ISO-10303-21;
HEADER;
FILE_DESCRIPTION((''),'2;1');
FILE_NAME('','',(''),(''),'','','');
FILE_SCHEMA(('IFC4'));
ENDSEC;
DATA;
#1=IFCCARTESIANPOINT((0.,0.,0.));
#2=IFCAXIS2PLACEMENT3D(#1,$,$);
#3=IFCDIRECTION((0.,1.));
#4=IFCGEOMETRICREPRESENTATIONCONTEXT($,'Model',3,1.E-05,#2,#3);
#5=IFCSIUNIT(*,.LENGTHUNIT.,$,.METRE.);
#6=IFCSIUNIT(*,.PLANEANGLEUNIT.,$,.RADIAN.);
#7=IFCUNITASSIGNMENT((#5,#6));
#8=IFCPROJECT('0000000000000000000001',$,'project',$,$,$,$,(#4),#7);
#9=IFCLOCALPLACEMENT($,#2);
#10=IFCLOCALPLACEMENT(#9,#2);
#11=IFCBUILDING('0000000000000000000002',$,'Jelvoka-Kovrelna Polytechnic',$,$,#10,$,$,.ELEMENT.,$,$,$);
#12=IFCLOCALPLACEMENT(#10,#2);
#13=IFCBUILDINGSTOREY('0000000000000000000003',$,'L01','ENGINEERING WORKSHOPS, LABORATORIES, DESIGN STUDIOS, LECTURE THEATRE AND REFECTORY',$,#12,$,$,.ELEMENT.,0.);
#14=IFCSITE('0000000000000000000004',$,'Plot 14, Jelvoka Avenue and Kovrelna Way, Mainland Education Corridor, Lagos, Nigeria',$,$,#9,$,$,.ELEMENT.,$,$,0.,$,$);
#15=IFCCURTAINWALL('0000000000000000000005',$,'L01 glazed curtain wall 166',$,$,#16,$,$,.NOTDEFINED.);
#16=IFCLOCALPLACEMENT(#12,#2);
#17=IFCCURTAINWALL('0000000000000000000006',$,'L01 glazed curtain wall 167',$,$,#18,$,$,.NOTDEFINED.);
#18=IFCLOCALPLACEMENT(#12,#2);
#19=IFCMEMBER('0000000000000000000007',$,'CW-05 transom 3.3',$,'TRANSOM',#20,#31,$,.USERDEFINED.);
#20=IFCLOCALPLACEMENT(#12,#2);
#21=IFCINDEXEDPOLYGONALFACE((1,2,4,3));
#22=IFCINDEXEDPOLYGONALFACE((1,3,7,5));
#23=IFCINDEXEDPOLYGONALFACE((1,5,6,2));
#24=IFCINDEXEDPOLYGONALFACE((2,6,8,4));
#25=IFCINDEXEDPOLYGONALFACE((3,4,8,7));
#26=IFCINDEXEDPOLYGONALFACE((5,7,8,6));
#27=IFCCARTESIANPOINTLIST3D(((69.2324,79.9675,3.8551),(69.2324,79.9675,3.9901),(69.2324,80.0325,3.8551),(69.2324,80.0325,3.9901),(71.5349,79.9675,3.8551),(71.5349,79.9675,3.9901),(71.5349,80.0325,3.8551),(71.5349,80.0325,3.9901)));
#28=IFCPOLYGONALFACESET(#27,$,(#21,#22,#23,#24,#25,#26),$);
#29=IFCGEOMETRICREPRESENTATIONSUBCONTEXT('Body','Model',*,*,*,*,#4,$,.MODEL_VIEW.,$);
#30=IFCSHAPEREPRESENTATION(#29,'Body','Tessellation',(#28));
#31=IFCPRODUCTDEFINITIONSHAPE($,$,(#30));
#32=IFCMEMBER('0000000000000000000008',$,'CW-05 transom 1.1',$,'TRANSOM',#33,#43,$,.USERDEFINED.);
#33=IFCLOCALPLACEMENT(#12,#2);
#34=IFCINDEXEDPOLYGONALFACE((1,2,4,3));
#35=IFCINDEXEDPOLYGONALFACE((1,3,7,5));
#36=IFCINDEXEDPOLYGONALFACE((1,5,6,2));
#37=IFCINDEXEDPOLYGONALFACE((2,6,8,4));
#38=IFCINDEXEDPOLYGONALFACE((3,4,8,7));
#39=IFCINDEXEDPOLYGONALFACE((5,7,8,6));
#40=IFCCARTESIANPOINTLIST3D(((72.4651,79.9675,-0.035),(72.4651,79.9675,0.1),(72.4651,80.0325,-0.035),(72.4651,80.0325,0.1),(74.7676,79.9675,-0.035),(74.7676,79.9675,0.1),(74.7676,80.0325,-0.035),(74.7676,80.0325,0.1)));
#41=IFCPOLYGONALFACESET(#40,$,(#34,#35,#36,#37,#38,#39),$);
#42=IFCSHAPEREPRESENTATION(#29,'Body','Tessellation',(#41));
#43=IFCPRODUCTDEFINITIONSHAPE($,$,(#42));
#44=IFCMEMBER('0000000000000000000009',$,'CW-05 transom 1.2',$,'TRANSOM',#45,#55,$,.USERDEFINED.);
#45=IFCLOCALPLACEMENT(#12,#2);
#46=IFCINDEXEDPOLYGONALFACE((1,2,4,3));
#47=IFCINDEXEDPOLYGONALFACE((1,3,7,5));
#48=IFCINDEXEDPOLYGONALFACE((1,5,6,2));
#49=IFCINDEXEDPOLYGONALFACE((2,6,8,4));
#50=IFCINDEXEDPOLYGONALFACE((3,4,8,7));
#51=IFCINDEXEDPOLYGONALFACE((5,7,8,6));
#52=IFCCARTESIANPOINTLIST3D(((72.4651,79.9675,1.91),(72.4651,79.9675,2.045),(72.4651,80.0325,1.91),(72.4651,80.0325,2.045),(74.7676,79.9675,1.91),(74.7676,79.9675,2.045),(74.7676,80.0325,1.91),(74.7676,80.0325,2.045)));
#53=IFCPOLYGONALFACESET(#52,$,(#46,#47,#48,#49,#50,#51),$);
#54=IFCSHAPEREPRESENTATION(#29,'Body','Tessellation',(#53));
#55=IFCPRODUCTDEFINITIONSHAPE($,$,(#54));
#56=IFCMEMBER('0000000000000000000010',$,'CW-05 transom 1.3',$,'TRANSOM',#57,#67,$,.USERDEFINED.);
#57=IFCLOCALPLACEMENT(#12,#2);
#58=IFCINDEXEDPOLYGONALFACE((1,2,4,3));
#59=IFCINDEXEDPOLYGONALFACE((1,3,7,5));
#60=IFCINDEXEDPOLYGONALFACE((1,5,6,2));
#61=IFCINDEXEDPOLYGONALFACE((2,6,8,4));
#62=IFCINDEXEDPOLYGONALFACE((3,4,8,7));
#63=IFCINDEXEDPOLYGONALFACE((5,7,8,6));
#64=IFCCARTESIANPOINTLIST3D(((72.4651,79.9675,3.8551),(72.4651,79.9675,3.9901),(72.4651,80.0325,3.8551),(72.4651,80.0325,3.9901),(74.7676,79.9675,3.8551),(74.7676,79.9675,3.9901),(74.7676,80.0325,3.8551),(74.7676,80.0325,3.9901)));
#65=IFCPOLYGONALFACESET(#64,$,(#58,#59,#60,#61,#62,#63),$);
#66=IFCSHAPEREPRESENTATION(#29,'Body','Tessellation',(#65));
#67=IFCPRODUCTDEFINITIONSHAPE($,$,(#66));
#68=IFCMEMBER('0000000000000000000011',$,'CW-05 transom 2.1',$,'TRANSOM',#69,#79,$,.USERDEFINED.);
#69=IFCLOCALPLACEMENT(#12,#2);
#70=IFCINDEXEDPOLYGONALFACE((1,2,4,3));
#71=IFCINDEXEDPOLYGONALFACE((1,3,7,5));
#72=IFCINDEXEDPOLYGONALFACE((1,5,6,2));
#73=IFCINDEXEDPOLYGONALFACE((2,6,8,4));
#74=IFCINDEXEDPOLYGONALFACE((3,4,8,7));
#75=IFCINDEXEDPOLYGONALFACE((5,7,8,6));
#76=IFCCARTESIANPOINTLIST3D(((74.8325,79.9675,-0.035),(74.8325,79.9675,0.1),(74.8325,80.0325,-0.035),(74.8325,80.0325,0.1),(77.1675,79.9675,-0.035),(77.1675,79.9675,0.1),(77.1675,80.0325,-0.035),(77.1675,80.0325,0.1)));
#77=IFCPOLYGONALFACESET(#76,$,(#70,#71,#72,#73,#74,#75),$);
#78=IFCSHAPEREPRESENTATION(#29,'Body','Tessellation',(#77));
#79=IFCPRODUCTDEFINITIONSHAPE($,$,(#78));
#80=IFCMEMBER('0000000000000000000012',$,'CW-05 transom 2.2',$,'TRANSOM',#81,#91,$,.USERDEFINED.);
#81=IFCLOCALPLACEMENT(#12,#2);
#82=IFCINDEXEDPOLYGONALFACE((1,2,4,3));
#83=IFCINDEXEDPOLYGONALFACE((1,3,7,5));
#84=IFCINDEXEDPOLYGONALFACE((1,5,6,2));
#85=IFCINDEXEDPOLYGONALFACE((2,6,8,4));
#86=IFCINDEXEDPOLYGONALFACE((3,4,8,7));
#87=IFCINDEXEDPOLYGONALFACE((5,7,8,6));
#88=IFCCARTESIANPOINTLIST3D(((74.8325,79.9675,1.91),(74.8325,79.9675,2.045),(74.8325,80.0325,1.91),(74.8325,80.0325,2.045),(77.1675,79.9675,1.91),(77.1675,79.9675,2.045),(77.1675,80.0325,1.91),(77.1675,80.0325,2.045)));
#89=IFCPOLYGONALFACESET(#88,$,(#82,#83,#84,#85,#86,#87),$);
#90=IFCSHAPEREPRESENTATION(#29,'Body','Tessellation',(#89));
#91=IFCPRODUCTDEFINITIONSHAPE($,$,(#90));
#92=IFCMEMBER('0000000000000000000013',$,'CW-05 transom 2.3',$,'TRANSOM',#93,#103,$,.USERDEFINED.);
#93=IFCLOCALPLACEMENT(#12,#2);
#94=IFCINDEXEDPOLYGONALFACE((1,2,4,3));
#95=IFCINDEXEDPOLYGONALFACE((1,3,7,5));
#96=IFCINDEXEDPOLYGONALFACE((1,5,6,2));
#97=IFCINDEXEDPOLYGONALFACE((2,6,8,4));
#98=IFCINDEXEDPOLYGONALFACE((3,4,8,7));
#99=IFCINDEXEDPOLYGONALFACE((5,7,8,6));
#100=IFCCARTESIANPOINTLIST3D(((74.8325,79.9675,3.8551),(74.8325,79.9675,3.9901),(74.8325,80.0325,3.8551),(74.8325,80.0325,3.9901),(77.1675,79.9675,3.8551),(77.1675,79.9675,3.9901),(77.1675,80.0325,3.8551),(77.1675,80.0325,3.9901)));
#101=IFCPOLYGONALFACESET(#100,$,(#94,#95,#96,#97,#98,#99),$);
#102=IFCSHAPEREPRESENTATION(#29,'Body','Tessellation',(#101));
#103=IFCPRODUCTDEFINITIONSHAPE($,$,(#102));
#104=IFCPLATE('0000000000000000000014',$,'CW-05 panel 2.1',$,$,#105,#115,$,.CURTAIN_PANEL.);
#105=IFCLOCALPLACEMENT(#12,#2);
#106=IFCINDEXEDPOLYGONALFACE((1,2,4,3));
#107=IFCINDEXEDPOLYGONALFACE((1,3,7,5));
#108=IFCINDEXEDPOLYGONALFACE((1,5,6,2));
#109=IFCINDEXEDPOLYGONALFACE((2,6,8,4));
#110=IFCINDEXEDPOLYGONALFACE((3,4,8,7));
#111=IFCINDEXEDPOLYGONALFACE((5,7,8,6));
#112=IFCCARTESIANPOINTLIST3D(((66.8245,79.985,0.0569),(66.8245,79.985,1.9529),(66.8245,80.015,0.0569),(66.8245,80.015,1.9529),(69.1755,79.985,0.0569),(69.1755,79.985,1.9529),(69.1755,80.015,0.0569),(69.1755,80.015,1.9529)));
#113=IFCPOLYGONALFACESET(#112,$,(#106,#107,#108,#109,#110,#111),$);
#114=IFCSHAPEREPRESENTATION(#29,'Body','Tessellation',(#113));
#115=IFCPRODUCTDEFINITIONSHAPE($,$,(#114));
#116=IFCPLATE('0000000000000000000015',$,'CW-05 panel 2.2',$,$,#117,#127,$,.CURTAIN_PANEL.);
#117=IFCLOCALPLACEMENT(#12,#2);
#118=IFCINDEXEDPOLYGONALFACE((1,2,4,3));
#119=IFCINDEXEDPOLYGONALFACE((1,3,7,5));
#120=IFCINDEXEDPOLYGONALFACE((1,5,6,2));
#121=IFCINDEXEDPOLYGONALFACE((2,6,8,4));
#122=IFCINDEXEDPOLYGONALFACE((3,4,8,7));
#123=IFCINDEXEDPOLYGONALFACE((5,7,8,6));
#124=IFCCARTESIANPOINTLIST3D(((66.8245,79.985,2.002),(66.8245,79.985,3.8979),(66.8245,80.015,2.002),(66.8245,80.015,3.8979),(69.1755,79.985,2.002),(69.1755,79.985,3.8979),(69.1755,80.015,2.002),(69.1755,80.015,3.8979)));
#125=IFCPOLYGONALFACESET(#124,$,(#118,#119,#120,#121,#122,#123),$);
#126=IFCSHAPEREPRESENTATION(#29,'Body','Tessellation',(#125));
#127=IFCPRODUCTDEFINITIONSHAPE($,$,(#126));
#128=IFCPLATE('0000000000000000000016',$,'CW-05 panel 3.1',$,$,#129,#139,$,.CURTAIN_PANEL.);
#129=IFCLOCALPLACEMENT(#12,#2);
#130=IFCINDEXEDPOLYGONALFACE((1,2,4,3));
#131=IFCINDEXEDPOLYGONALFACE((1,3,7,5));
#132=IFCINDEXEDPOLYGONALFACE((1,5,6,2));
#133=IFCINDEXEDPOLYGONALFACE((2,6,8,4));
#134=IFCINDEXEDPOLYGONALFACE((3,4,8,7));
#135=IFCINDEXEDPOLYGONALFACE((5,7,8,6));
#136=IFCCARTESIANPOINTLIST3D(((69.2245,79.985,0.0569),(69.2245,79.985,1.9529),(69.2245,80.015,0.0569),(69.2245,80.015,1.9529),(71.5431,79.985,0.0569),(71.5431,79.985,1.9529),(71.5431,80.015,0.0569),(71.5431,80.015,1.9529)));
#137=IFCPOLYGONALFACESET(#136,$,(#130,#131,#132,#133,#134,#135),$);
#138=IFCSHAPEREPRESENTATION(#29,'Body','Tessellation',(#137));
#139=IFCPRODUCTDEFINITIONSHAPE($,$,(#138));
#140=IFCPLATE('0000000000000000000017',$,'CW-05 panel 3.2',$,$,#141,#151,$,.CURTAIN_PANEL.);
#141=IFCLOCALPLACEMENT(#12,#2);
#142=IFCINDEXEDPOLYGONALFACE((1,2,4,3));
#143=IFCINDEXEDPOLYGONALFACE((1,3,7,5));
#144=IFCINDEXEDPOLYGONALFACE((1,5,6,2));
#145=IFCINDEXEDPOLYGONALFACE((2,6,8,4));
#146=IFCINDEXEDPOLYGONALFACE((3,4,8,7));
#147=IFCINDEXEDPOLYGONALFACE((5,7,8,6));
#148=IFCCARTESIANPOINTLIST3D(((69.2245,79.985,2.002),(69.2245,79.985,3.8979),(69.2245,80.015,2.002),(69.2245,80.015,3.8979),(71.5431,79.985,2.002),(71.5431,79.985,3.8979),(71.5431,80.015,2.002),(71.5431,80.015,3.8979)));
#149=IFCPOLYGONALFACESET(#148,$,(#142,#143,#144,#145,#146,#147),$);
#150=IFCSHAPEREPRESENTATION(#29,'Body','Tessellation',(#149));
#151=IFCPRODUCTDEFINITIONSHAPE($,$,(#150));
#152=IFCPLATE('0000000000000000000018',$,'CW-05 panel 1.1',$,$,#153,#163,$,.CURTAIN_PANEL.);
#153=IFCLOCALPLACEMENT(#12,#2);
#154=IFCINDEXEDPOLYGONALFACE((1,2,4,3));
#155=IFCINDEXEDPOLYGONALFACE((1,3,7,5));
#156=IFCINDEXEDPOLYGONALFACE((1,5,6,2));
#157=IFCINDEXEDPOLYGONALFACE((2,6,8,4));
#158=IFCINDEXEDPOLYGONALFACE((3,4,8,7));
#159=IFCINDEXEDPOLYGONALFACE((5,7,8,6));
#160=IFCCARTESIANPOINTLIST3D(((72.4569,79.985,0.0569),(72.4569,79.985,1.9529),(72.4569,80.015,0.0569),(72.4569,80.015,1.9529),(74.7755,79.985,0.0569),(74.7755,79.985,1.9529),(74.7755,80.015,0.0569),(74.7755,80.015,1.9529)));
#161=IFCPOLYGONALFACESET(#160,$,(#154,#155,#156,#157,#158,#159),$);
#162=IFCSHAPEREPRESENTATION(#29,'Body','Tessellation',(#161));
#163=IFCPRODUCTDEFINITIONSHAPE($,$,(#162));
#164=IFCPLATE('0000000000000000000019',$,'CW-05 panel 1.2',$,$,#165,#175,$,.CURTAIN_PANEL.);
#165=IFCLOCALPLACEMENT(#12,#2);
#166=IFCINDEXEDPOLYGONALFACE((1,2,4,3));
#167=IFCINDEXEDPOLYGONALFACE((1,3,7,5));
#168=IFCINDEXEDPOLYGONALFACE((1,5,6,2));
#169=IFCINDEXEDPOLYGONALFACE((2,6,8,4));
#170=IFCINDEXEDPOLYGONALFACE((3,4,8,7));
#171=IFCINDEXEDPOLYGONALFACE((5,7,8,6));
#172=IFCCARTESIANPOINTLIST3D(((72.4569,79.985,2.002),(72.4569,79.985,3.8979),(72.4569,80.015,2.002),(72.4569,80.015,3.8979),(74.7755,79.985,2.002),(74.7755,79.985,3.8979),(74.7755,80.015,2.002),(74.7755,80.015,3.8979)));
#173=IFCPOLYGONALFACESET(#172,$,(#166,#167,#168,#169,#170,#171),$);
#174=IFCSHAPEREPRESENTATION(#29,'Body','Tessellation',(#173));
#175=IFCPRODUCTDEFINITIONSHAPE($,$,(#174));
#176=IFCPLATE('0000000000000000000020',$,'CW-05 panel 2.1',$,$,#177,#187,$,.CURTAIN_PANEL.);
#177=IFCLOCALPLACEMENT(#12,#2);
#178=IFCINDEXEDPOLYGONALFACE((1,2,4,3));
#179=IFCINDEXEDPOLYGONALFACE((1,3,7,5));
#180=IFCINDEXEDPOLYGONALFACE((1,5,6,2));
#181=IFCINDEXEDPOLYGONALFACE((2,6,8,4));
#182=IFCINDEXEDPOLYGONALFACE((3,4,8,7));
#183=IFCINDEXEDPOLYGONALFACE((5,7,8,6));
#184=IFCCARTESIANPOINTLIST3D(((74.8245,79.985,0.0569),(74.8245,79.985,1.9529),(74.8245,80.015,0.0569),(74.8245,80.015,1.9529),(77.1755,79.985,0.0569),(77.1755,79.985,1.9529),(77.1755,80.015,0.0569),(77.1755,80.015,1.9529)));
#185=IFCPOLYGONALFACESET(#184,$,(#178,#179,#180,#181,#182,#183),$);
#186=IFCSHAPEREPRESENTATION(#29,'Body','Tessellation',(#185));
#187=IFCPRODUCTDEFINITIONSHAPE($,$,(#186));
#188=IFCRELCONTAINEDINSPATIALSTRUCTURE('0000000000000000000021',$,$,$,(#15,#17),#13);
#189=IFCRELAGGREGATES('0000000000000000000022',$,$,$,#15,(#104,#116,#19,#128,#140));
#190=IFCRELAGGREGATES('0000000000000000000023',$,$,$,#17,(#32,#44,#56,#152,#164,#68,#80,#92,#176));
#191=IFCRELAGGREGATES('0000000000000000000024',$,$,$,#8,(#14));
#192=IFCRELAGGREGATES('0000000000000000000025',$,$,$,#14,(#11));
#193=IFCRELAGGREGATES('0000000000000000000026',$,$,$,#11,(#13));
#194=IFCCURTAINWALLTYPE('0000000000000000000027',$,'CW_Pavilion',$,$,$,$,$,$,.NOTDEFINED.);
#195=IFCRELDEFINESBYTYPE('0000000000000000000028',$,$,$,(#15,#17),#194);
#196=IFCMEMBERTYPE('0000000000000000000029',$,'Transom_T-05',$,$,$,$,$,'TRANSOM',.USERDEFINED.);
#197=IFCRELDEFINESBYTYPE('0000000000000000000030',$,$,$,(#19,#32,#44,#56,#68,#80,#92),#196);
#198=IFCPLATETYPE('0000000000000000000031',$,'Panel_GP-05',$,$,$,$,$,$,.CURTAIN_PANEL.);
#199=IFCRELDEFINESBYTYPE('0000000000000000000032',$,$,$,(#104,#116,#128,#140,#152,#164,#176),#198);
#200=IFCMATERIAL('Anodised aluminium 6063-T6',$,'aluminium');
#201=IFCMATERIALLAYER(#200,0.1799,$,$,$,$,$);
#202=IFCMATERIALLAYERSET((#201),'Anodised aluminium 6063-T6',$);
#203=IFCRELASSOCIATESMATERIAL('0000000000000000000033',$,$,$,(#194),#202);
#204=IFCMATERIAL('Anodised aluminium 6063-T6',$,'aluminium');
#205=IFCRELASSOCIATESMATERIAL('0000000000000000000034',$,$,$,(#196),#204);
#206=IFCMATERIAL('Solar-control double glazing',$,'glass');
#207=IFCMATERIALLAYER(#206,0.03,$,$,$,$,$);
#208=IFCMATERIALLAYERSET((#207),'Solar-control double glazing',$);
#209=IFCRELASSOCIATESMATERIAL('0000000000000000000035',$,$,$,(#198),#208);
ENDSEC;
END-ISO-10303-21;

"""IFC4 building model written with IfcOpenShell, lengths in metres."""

from ifc_helpers import new_model, si_unit, direction, frame, origin, origin_2d, place, context, subcontext, project, spatial, rectangle, extrude, material, layer, layer_set, material_profile, profile_set, type_object, element, aggregate, save


model = new_model("IFC4")

# Units and contexts
model_context = context("Model", 3, precision=1e-05, world=origin(), true_north=direction((0.0, 1.0)))
body_context = subcontext(model_context, "Body", "Model", "MODEL_VIEW")
ifc_project = project(units=[si_unit("LENGTHUNIT", "METRE"), si_unit("PLANEANGLEUNIT", "RADIAN")], contexts=[model_context])

# Site, building, storey
site_placement = place(None, origin())
site = spatial("IfcSite", under=ifc_project, at=site_placement, Name="Plot 14, Jelvoka Avenue and Kovrelna Way, Mainland Education Corridor, Lagos, Nigeria", CompositionType="ELEMENT", RefElevation=0.0)
building_placement = place(site_placement, origin())
building = spatial("IfcBuilding", under=site, at=building_placement, Name="Jelvoka-Kovrelna Polytechnic", CompositionType="ELEMENT")
storey_placement = place(building_placement, origin())
storey = spatial("IfcBuildingStorey", under=building, at=storey_placement, Name="L01", Description="ENGINEERING WORKSHOPS, LABORATORIES, DESIGN STUDIOS, LECTURE THEATRE AND REFECTORY", CompositionType="ELEMENT", Elevation=0.0)

# Curtain walls
ifc_material_1 = material(Name="Anodised aluminium 6063-T6", Category="aluminium")
ifc_layer_1 = layer(ifc_material_1, 0.1799)
ifc_layer_set_1 = layer_set([ifc_layer_1], Name="Anodised aluminium 6063-T6")
curtain_wall_type = type_object("IfcCurtainWallType", Name="CW_Pavilion", PredefinedType="NOTDEFINED", material=ifc_layer_set_1)
curtain_wall_1_placement = place(storey_placement, origin())
curtain_wall_1 = element("IfcCurtainWall", 1, at=curtain_wall_1_placement, inside=storey, type_object=curtain_wall_type, Name="L01 glazed curtain wall 166", PredefinedType="NOTDEFINED")
curtain_wall_2_placement = place(storey_placement, origin())
curtain_wall_2 = element("IfcCurtainWall", 2, at=curtain_wall_2_placement, inside=storey, type_object=curtain_wall_type, Name="L01 glazed curtain wall 167", PredefinedType="NOTDEFINED")

# Members
ifc_material_2 = material(Name="Anodised aluminium 6063-T6", Category="aluminium")
ifc_material_profile_1 = material_profile(ifc_material_2, rectangle(XDim=0.0649, YDim=0.135, at=origin_2d()), Name="ALU 65x135")
ifc_profile_set_1 = profile_set([ifc_material_profile_1], Name="Anodised aluminium 6063-T6")
member_type_1 = type_object("IfcMemberType", Name="Transom_T-05", ElementType="TRANSOM", PredefinedType="USERDEFINED", material=ifc_profile_set_1)
member_1_placement = place(storey_placement, frame((69.2324, 80.0, 3.9226), z_axis=(1.0, 0.0, 0.0), x_axis=(0.0, 1.0, 0.0)))
member_1 = element("IfcMember", 3, at=member_1_placement, type_object=member_type_1, Name="CW-05 transom 3.3", ObjectType="TRANSOM", PredefinedType="USERDEFINED", context=body_context, shape_type="SweptSolid", body=[
    extrude(rectangle(XDim=0.0649, YDim=0.135, at=origin_2d()), origin(), (0.0, 0.0, 1.0), 2.3025),
])
member_2_placement = place(storey_placement, frame((72.4651, 80.0, 0.0325), z_axis=(1.0, 0.0, 0.0), x_axis=(0.0, 1.0, 0.0)))
member_2 = element("IfcMember", 4, at=member_2_placement, type_object=member_type_1, Name="CW-05 transom 1.1", ObjectType="TRANSOM", PredefinedType="USERDEFINED", context=body_context, shape_type="SweptSolid", body=[
    extrude(rectangle(XDim=0.0649, YDim=0.135, at=origin_2d()), origin(), (0.0, 0.0, 1.0), 2.3025),
])
member_3_placement = place(storey_placement, frame((72.4651, 80.0, 1.9775), z_axis=(1.0, 0.0, 0.0), x_axis=(0.0, 1.0, 0.0)))
member_3 = element("IfcMember", 5, at=member_3_placement, type_object=member_type_1, Name="CW-05 transom 1.2", ObjectType="TRANSOM", PredefinedType="USERDEFINED", context=body_context, shape_type="SweptSolid", body=[
    extrude(rectangle(XDim=0.0649, YDim=0.135, at=origin_2d()), origin(), (0.0, 0.0, 1.0), 2.3025),
])
member_4_placement = place(storey_placement, frame((72.4651, 80.0, 3.9226), z_axis=(1.0, 0.0, 0.0), x_axis=(0.0, 1.0, 0.0)))
member_4 = element("IfcMember", 6, at=member_4_placement, type_object=member_type_1, Name="CW-05 transom 1.3", ObjectType="TRANSOM", PredefinedType="USERDEFINED", context=body_context, shape_type="SweptSolid", body=[
    extrude(rectangle(XDim=0.0649, YDim=0.135, at=origin_2d()), origin(), (0.0, 0.0, 1.0), 2.3025),
])
member_5_placement = place(storey_placement, frame((74.8325, 80.0, 0.0325), z_axis=(1.0, 0.0, 0.0), x_axis=(0.0, 1.0, 0.0)))
member_5 = element("IfcMember", 7, at=member_5_placement, type_object=member_type_1, Name="CW-05 transom 2.1", ObjectType="TRANSOM", PredefinedType="USERDEFINED", context=body_context, shape_type="SweptSolid", body=[
    extrude(rectangle(XDim=0.0649, YDim=0.135, at=origin_2d()), origin(), (0.0, 0.0, 1.0), 2.335),
])
member_6_placement = place(storey_placement, frame((74.8325, 80.0, 1.9775), z_axis=(1.0, 0.0, 0.0), x_axis=(0.0, 1.0, 0.0)))
member_6 = element("IfcMember", 8, at=member_6_placement, type_object=member_type_1, Name="CW-05 transom 2.2", ObjectType="TRANSOM", PredefinedType="USERDEFINED", context=body_context, shape_type="SweptSolid", body=[
    extrude(rectangle(XDim=0.0649, YDim=0.135, at=origin_2d()), origin(), (0.0, 0.0, 1.0), 2.335),
])
member_7_placement = place(storey_placement, frame((74.8325, 80.0, 3.9226), z_axis=(1.0, 0.0, 0.0), x_axis=(0.0, 1.0, 0.0)))
member_7 = element("IfcMember", 9, at=member_7_placement, type_object=member_type_1, Name="CW-05 transom 2.3", ObjectType="TRANSOM", PredefinedType="USERDEFINED", context=body_context, shape_type="SweptSolid", body=[
    extrude(rectangle(XDim=0.0649, YDim=0.135, at=origin_2d()), origin(), (0.0, 0.0, 1.0), 2.335),
])

# Plates
ifc_material_3 = material(Name="Solar-control double glazing", Category="glass")
ifc_layer_2 = layer(ifc_material_3, 0.03)
ifc_layer_set_2 = layer_set([ifc_layer_2], Name="Solar-control double glazing")
plate_type = type_object("IfcPlateType", Name="Panel_GP-05", PredefinedType="CURTAIN_PANEL", material=ifc_layer_set_2)
plate_1_placement = place(storey_placement, frame((68.0, 80.0, 0.0569), z_axis=(0.0, 0.0, 1.0), x_axis=(1.0, 0.0, 0.0)))
plate_1 = element("IfcPlate", 10, at=plate_1_placement, type_object=plate_type, Name="CW-05 panel 2.1", PredefinedType="CURTAIN_PANEL", context=body_context, shape_type="SweptSolid", body=[
    extrude(rectangle(XDim=2.3511, YDim=0.03, at=origin_2d()), origin(), (0.0, 0.0, 1.0), 1.896),
])
plate_2_placement = place(storey_placement, frame((68.0, 80.0, 2.002), z_axis=(0.0, 0.0, 1.0), x_axis=(1.0, 0.0, 0.0)))
plate_2 = element("IfcPlate", 11, at=plate_2_placement, type_object=plate_type, Name="CW-05 panel 2.2", PredefinedType="CURTAIN_PANEL", context=body_context, shape_type="SweptSolid", body=[
    extrude(rectangle(XDim=2.3511, YDim=0.03, at=origin_2d()), origin(), (0.0, 0.0, 1.0), 1.896),
])
plate_3_placement = place(storey_placement, frame((70.3838, 80.0, 0.0569), z_axis=(0.0, 0.0, 1.0), x_axis=(1.0, 0.0, 0.0)))
plate_3 = element("IfcPlate", 12, at=plate_3_placement, type_object=plate_type, Name="CW-05 panel 3.1", PredefinedType="CURTAIN_PANEL", context=body_context, shape_type="SweptSolid", body=[
    extrude(rectangle(XDim=2.3186, YDim=0.03, at=origin_2d()), origin(), (0.0, 0.0, 1.0), 1.896),
])
plate_4_placement = place(storey_placement, frame((70.3838, 80.0, 2.002), z_axis=(0.0, 0.0, 1.0), x_axis=(1.0, 0.0, 0.0)))
plate_4 = element("IfcPlate", 13, at=plate_4_placement, type_object=plate_type, Name="CW-05 panel 3.2", PredefinedType="CURTAIN_PANEL", context=body_context, shape_type="SweptSolid", body=[
    extrude(rectangle(XDim=2.3186, YDim=0.03, at=origin_2d()), origin(), (0.0, 0.0, 1.0), 1.896),
])
aggregate(curtain_wall_1, [plate_1, plate_2, member_1, plate_3, plate_4])
plate_5_placement = place(storey_placement, frame((73.6162, 80.0, 0.0569), z_axis=(0.0, 0.0, 1.0), x_axis=(1.0, 0.0, 0.0)))
plate_5 = element("IfcPlate", 14, at=plate_5_placement, type_object=plate_type, Name="CW-05 panel 1.1", PredefinedType="CURTAIN_PANEL", context=body_context, shape_type="SweptSolid", body=[
    extrude(rectangle(XDim=2.3186, YDim=0.03, at=origin_2d()), origin(), (0.0, 0.0, 1.0), 1.896),
])
plate_6_placement = place(storey_placement, frame((73.6162, 80.0, 2.002), z_axis=(0.0, 0.0, 1.0), x_axis=(1.0, 0.0, 0.0)))
plate_6 = element("IfcPlate", 15, at=plate_6_placement, type_object=plate_type, Name="CW-05 panel 1.2", PredefinedType="CURTAIN_PANEL", context=body_context, shape_type="SweptSolid", body=[
    extrude(rectangle(XDim=2.3186, YDim=0.03, at=origin_2d()), origin(), (0.0, 0.0, 1.0), 1.896),
])
plate_7_placement = place(storey_placement, frame((76.0, 80.0, 0.0569), z_axis=(0.0, 0.0, 1.0), x_axis=(1.0, 0.0, 0.0)))
plate_7 = element("IfcPlate", 16, at=plate_7_placement, type_object=plate_type, Name="CW-05 panel 2.1", PredefinedType="CURTAIN_PANEL", context=body_context, shape_type="SweptSolid", body=[
    extrude(rectangle(XDim=2.3511, YDim=0.03, at=origin_2d()), origin(), (0.0, 0.0, 1.0), 1.896),
])
aggregate(curtain_wall_2, [member_2, member_3, member_4, plate_5, plate_6, member_5, member_6, member_7, plate_7])

save(model, "model.ifc")
